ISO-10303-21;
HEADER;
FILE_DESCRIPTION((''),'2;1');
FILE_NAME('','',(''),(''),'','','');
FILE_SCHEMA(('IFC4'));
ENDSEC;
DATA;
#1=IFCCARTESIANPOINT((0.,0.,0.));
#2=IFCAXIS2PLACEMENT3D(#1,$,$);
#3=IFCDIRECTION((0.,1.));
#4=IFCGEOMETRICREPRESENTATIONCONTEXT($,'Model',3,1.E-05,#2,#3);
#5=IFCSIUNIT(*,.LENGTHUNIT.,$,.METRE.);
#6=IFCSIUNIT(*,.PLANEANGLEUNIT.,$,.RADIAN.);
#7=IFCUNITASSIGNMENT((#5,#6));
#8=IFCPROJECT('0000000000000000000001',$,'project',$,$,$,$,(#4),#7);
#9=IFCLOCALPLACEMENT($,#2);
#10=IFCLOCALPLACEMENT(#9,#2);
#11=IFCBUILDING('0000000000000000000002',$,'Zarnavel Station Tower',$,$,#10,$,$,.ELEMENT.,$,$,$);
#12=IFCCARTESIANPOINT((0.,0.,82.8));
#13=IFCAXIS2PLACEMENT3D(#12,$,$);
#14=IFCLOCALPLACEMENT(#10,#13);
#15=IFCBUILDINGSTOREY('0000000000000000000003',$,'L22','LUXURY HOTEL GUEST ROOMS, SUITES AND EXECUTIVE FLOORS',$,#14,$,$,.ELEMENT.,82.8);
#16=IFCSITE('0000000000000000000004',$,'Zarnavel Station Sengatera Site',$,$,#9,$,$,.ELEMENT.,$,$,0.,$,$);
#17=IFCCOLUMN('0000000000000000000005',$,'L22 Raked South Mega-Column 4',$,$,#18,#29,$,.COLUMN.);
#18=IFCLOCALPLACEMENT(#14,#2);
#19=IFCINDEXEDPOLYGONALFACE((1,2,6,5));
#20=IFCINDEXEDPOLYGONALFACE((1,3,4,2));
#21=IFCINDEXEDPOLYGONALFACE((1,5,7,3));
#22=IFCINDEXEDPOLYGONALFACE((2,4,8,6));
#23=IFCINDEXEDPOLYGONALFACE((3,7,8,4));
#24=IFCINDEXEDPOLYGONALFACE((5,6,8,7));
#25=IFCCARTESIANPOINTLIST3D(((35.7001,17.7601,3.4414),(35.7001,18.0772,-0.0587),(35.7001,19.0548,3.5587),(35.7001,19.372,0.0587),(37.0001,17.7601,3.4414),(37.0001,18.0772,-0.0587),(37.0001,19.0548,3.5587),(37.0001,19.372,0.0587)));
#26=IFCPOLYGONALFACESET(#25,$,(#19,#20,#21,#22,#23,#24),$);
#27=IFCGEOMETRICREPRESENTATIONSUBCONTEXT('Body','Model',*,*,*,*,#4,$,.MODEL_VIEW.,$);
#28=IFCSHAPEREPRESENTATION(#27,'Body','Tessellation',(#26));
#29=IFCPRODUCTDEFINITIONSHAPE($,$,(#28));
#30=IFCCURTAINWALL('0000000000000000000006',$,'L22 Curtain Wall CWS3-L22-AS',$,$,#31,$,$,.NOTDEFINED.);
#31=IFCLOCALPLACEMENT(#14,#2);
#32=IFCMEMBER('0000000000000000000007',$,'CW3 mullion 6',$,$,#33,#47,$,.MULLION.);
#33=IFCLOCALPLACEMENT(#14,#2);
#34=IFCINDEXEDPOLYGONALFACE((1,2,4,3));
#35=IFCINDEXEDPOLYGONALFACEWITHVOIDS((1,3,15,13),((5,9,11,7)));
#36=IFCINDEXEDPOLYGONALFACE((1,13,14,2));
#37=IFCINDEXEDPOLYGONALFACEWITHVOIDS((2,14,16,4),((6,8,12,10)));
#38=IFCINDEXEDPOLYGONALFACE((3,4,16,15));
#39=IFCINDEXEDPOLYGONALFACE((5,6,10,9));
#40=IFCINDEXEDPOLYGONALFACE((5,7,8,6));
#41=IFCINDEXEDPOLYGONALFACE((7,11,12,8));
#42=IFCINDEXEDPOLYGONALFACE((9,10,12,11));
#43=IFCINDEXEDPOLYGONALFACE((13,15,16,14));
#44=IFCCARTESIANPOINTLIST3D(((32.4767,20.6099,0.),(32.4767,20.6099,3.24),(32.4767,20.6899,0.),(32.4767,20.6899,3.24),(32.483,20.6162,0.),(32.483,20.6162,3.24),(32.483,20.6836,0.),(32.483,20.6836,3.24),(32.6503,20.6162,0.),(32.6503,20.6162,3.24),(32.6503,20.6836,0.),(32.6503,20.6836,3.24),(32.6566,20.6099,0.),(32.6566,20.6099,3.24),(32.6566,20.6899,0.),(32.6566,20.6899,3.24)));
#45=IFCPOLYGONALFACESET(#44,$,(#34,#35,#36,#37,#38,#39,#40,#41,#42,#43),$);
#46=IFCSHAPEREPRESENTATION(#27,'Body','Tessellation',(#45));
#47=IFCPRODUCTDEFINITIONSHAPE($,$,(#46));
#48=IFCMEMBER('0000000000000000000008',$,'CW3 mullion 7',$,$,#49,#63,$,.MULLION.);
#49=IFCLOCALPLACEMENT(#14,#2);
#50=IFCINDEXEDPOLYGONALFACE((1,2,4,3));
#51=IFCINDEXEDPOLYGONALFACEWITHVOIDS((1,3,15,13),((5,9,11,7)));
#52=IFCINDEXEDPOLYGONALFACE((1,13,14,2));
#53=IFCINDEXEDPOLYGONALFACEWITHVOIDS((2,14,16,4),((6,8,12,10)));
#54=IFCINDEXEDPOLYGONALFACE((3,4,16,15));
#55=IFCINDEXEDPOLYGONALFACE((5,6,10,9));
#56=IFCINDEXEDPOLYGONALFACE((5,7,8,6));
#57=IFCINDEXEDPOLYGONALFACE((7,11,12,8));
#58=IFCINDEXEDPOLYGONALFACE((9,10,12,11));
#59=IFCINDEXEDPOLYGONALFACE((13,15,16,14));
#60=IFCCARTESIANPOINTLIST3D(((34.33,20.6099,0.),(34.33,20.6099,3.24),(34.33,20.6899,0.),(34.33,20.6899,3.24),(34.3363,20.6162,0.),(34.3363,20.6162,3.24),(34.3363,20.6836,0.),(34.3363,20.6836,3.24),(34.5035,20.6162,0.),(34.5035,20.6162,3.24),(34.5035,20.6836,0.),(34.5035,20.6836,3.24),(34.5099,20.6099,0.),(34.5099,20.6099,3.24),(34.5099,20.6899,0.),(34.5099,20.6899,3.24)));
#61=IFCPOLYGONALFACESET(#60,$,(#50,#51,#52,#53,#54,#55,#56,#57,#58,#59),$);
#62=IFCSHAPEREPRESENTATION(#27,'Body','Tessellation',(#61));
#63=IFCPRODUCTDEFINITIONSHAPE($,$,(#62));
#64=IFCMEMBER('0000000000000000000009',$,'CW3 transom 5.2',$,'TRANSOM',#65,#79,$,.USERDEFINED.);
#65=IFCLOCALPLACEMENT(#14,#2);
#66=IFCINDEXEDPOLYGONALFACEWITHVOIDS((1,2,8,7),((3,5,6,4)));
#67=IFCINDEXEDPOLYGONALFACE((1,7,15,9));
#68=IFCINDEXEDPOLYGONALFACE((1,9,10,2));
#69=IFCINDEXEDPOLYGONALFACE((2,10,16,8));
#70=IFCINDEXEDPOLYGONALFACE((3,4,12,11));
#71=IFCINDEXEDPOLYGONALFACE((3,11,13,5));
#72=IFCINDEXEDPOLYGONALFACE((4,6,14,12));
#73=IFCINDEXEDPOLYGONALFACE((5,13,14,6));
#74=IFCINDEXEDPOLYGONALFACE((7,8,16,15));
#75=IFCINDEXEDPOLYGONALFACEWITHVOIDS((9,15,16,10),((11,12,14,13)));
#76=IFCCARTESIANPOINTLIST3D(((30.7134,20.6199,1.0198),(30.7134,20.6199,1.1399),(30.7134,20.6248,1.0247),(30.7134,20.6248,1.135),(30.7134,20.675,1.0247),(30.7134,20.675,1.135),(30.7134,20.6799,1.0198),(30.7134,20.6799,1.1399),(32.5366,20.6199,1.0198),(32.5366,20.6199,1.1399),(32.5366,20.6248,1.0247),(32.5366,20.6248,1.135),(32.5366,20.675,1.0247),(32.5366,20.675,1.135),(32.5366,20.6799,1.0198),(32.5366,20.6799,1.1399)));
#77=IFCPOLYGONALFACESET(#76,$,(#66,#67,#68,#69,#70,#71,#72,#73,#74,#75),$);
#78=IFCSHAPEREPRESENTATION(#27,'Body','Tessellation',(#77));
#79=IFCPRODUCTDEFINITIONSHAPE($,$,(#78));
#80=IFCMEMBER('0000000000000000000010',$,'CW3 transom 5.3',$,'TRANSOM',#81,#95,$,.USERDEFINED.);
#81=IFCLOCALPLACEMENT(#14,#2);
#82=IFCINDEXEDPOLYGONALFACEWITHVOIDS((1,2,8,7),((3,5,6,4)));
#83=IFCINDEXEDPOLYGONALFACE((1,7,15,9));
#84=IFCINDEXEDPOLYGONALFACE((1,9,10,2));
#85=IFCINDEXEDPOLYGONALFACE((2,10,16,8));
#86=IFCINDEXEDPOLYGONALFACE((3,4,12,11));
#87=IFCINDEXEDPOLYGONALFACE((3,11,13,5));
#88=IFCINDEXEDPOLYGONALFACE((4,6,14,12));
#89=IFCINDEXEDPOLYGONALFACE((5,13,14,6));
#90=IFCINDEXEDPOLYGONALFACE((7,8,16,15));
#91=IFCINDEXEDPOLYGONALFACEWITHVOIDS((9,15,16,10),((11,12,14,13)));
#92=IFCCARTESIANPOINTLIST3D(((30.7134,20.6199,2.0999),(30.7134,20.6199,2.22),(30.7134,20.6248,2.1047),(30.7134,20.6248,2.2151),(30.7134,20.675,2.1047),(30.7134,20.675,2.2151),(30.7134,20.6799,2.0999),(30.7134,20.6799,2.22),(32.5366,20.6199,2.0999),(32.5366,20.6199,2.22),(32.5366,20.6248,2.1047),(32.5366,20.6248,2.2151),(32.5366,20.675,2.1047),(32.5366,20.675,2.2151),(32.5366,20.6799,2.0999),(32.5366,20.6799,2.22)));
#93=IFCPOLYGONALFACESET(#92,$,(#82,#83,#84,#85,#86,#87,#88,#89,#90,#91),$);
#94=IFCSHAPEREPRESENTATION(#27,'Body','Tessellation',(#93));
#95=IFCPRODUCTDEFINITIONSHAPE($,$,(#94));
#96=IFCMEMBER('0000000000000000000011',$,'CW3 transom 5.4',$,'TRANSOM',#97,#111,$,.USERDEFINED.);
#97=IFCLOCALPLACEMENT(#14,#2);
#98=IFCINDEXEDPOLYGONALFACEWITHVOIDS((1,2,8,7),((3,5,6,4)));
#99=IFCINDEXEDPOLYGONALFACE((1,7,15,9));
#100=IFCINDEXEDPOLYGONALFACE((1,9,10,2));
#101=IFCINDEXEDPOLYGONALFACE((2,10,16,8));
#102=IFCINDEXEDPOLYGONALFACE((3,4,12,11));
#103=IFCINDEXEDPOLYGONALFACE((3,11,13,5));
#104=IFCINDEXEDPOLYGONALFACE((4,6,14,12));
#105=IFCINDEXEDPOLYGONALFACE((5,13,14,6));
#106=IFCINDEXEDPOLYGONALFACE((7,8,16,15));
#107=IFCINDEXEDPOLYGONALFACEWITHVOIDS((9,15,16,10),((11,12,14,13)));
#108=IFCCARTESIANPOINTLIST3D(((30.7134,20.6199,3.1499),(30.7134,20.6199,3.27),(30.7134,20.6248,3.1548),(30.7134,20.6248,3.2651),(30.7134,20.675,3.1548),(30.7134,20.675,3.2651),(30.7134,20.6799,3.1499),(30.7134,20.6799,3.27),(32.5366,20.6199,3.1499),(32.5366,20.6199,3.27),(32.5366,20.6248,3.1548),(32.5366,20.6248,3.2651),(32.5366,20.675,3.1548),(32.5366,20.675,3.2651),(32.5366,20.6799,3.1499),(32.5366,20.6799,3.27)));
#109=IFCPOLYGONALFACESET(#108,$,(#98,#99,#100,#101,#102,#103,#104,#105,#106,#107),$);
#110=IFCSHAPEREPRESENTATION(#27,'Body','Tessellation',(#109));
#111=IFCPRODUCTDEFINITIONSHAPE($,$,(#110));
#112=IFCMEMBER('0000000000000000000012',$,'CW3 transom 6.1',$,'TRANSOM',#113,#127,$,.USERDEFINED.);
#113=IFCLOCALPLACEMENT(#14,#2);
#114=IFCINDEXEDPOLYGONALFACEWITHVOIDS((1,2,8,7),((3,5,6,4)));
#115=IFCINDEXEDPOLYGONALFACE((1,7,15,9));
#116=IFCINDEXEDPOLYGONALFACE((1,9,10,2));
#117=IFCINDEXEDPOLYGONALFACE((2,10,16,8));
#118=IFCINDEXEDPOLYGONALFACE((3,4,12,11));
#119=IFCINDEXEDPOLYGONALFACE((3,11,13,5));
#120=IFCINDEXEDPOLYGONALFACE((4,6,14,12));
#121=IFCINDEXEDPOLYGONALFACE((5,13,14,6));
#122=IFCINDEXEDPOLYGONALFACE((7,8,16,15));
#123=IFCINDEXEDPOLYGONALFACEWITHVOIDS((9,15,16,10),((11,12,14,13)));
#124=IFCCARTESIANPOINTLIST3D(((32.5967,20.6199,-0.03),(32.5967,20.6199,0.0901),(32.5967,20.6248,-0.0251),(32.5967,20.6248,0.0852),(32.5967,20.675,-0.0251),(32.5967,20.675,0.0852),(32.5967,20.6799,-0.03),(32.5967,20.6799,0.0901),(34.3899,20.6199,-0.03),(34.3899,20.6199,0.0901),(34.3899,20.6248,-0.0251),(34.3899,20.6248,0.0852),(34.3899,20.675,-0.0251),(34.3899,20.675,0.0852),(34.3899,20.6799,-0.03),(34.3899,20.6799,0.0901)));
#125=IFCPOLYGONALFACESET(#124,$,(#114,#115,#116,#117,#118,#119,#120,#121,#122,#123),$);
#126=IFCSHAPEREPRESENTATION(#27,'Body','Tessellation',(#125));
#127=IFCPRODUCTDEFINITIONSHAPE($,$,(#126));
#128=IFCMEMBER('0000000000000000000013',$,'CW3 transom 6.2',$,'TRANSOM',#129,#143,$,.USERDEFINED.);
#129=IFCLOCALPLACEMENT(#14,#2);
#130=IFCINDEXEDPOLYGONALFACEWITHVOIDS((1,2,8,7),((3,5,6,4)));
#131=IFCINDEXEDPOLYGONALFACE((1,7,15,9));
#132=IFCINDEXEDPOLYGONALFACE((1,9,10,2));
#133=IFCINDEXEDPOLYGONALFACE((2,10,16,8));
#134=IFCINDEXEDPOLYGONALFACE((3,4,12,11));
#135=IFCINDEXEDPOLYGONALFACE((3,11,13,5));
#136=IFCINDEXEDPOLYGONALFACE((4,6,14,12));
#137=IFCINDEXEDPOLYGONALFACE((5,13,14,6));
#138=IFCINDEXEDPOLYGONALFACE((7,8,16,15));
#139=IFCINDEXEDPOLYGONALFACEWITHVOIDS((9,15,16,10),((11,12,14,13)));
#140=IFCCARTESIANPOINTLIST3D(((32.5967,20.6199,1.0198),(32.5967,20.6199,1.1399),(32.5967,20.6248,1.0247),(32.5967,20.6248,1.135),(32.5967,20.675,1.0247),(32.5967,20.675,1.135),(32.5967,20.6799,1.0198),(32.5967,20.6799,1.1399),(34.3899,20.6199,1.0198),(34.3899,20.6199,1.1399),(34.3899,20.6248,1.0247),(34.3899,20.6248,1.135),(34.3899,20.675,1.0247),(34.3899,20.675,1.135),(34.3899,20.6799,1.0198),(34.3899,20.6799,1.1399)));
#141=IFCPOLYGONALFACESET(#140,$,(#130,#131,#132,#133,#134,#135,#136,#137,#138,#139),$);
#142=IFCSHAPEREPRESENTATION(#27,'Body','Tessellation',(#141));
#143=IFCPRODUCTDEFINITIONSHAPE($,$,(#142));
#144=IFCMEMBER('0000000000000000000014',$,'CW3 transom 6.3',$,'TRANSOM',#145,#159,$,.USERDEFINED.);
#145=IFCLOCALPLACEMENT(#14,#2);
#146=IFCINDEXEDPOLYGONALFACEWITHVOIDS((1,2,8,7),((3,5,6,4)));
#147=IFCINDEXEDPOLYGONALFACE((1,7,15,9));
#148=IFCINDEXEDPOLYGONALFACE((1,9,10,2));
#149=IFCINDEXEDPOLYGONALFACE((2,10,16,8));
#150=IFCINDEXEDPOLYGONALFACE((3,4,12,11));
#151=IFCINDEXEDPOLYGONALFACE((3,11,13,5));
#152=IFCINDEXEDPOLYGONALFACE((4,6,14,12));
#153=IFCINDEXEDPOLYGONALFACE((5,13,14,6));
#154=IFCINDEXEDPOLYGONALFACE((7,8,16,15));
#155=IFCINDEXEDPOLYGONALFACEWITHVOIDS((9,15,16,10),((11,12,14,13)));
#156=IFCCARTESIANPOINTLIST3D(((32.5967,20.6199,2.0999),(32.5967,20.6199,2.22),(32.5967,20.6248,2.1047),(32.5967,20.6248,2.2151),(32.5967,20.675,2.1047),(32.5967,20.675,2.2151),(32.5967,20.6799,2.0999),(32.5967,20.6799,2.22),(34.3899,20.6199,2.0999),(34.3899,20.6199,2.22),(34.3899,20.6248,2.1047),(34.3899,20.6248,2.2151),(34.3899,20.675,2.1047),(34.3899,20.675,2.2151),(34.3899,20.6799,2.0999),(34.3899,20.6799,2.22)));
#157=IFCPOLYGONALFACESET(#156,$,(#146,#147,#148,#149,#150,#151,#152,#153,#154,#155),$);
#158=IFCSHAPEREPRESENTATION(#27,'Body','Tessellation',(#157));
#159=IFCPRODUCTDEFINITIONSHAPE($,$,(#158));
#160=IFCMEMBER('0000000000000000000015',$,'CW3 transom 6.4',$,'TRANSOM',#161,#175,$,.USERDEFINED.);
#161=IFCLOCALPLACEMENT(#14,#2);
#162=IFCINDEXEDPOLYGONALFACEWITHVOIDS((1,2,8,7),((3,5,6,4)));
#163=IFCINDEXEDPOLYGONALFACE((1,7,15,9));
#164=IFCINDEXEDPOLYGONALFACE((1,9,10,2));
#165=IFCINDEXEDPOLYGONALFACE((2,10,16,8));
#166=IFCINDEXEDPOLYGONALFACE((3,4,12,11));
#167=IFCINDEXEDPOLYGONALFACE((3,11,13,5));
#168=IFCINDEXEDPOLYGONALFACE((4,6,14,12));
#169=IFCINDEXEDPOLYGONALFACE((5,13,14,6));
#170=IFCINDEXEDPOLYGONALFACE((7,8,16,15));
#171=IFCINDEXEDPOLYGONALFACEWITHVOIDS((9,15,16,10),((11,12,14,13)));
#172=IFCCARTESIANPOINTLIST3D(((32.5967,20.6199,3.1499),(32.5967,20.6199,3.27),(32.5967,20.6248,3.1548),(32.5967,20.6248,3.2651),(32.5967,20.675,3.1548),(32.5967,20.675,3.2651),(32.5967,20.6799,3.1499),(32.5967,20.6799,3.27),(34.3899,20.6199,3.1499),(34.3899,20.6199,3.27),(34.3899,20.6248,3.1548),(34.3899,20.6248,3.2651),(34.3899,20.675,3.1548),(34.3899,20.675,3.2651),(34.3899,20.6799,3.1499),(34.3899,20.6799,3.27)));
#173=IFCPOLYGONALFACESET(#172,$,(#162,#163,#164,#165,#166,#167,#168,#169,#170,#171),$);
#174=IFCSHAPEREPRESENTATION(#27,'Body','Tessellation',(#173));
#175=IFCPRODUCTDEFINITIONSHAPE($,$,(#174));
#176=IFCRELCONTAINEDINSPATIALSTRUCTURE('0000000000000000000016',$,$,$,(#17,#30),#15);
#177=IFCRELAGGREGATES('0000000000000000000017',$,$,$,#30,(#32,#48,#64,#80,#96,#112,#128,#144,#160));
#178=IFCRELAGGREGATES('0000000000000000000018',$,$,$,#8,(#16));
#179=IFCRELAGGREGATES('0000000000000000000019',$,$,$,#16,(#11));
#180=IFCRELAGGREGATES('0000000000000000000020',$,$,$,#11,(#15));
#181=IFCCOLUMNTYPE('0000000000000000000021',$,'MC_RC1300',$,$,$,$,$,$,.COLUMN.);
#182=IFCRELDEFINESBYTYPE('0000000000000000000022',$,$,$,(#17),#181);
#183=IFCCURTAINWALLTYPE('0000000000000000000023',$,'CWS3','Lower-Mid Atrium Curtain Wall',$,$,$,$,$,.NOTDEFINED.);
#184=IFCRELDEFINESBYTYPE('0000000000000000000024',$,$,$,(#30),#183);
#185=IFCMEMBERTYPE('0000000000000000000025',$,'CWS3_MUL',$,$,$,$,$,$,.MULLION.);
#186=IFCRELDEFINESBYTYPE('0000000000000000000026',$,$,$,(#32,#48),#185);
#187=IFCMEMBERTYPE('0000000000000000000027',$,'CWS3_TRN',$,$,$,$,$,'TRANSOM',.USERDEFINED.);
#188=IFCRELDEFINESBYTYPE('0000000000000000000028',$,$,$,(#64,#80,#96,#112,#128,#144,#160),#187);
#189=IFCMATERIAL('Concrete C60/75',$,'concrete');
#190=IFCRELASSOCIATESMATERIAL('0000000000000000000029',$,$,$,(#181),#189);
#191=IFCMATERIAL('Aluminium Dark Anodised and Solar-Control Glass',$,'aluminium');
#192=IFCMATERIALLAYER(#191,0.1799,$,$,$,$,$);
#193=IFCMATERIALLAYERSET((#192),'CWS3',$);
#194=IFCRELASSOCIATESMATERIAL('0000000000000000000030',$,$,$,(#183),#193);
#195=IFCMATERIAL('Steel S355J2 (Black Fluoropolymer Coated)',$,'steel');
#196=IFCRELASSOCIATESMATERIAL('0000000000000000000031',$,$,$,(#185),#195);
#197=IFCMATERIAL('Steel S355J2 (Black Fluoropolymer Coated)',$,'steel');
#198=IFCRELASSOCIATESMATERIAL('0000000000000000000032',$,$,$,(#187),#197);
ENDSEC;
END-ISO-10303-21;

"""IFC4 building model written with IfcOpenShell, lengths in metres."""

from ifc_helpers import new_model, si_unit, direction, frame, origin, origin_2d, place, context, subcontext, project, spatial, rectangle, hollow_rectangle, extrude, material, layer, layer_set, material_profile, profile_set, type_object, element, aggregate, save


model = new_model("IFC4")

# Units and contexts
model_context = context("Model", 3, precision=1e-05, world=origin(), true_north=direction((0.0, 1.0)))
body_context = subcontext(model_context, "Body", "Model", "MODEL_VIEW")
ifc_project = project(units=[si_unit("LENGTHUNIT", "METRE"), si_unit("PLANEANGLEUNIT", "RADIAN")], contexts=[model_context])

# Site, building, storey
site_placement = place(None, origin())
site = spatial("IfcSite", under=ifc_project, at=site_placement, Name="Zarnavel Station Sengatera Site", CompositionType="ELEMENT", RefElevation=0.0)
building_placement = place(site_placement, origin())
building = spatial("IfcBuilding", under=site, at=building_placement, Name="Zarnavel Station Tower", CompositionType="ELEMENT")
storey_placement = place(building_placement, frame((0.0, 0.0, 82.8)))
storey = spatial("IfcBuildingStorey", under=building, at=storey_placement, Name="L22", Description="LUXURY HOTEL GUEST ROOMS, SUITES AND EXECUTIVE FLOORS", CompositionType="ELEMENT", Elevation=82.8)

# Column
ifc_material_1 = material(Name="Concrete C60/75", Category="concrete")
ifc_material_profile_1 = material_profile(ifc_material_1, rectangle(XDim=1.3, YDim=1.3, at=origin_2d()), Name="RC1300x1300")
ifc_profile_set_1 = profile_set([ifc_material_profile_1], Name="Concrete C60/75")
column_type = type_object("IfcColumnType", Name="MC_RC1300", PredefinedType="COLUMN", material=ifc_profile_set_1)
column_placement = place(storey_placement, frame((36.3501, 18.7246, 0.0), z_axis=(0.0, -0.090241, 0.99592), x_axis=(1.0, 0.0, 0.0)))
element("IfcColumn", 1, at=column_placement, inside=storey, type_object=column_type, Name="L22 Raked South Mega-Column 4", PredefinedType="COLUMN", context=body_context, shape_type="SweptSolid", body=[
    extrude(rectangle(XDim=1.3, YDim=1.3, at=origin_2d()), origin(), (0.0, 0.0, 1.0), 3.5144),
])

# Curtain wall, members
ifc_material_2 = material(Name="Aluminium Dark Anodised and Solar-Control Glass", Category="aluminium")
ifc_layer_1 = layer(ifc_material_2, 0.1799)
ifc_layer_set_1 = layer_set([ifc_layer_1], Name="CWS3")
curtain_wall_type = type_object("IfcCurtainWallType", Name="CWS3", Description="Lower-Mid Atrium Curtain Wall", PredefinedType="NOTDEFINED", material=ifc_layer_set_1)
curtain_wall_placement = place(storey_placement, origin())
curtain_wall = element("IfcCurtainWall", 2, at=curtain_wall_placement, inside=storey, type_object=curtain_wall_type, Name="L22 Curtain Wall CWS3-L22-AS", PredefinedType="NOTDEFINED")
ifc_material_3 = material(Name="Steel S355J2 (Black Fluoropolymer Coated)", Category="steel")
ifc_material_profile_2 = material_profile(ifc_material_3, hollow_rectangle(XDim=0.0801, YDim=0.1799, WallThickness=0.0063, at=origin_2d()), Name="RHS180x80x6.3")
ifc_profile_set_2 = profile_set([ifc_material_profile_2], Name="Steel S355J2 (Black Fluoropolymer Coated)")
member_type_1 = type_object("IfcMemberType", Name="CWS3_MUL", PredefinedType="MULLION", material=ifc_profile_set_2)
member_1_placement = place(storey_placement, frame((32.5667, 20.6499, 0.0), z_axis=(0.0, 0.0, 1.0), x_axis=(0.0, 1.0, 0.0)))
member_1 = element("IfcMember", 3, at=member_1_placement, type_object=member_type_1, Name="CW3 mullion 6", PredefinedType="MULLION", context=body_context, shape_type="SweptSolid", body=[
    extrude(hollow_rectangle(XDim=0.0801, YDim=0.1799, WallThickness=0.0063, at=origin_2d()), origin(), (0.0, 0.0, 1.0), 3.24),
])
member_2_placement = place(storey_placement, frame((34.4199, 20.6499, 0.0), z_axis=(0.0, 0.0, 1.0), x_axis=(0.0, 1.0, 0.0)))
member_2 = element("IfcMember", 4, at=member_2_placement, type_object=member_type_1, Name="CW3 mullion 7", PredefinedType="MULLION", context=body_context, shape_type="SweptSolid", body=[
    extrude(hollow_rectangle(XDim=0.0801, YDim=0.1799, WallThickness=0.0063, at=origin_2d()), origin(), (0.0, 0.0, 1.0), 3.24),
])
ifc_material_4 = material(Name="Steel S355J2 (Black Fluoropolymer Coated)", Category="steel")
ifc_material_profile_3 = material_profile(ifc_material_4, hollow_rectangle(XDim=0.0601, YDim=0.1201, WallThickness=0.0049, at=origin_2d()), Name="RHS120x60x5")
ifc_profile_set_3 = profile_set([ifc_material_profile_3], Name="Steel S355J2 (Black Fluoropolymer Coated)")
member_type_2 = type_object("IfcMemberType", Name="CWS3_TRN", ElementType="TRANSOM", PredefinedType="USERDEFINED", material=ifc_profile_set_3)
member_3_placement = place(storey_placement, frame((30.7134, 20.6499, 1.0798), z_axis=(1.0, 0.0, 0.0), x_axis=(0.0, 1.0, 0.0)))
member_3 = element("IfcMember", 5, at=member_3_placement, type_object=member_type_2, Name="CW3 transom 5.2", ObjectType="TRANSOM", PredefinedType="USERDEFINED", context=body_context, shape_type="SweptSolid", body=[
    extrude(hollow_rectangle(XDim=0.0601, YDim=0.1201, WallThickness=0.0049, at=origin_2d()), origin(), (0.0, 0.0, 1.0), 1.8232),
])
member_4_placement = place(storey_placement, frame((30.7134, 20.6499, 2.1599), z_axis=(1.0, 0.0, 0.0), x_axis=(0.0, 1.0, 0.0)))
member_4 = element("IfcMember", 6, at=member_4_placement, type_object=member_type_2, Name="CW3 transom 5.3", ObjectType="TRANSOM", PredefinedType="USERDEFINED", context=body_context, shape_type="SweptSolid", body=[
    extrude(hollow_rectangle(XDim=0.0601, YDim=0.1201, WallThickness=0.0049, at=origin_2d()), origin(), (0.0, 0.0, 1.0), 1.8232),
])
member_5_placement = place(storey_placement, frame((30.7134, 20.6499, 3.21), z_axis=(1.0, 0.0, 0.0), x_axis=(0.0, 1.0, 0.0)))
member_5 = element("IfcMember", 7, at=member_5_placement, type_object=member_type_2, Name="CW3 transom 5.4", ObjectType="TRANSOM", PredefinedType="USERDEFINED", context=body_context, shape_type="SweptSolid", body=[
    extrude(hollow_rectangle(XDim=0.0601, YDim=0.1201, WallThickness=0.0049, at=origin_2d()), origin(), (0.0, 0.0, 1.0), 1.8232),
])
member_6_placement = place(storey_placement, frame((32.5967, 20.6499, 0.03), z_axis=(1.0, 0.0, 0.0), x_axis=(0.0, 1.0, 0.0)))
member_6 = element("IfcMember", 8, at=member_6_placement, type_object=member_type_2, Name="CW3 transom 6.1", ObjectType="TRANSOM", PredefinedType="USERDEFINED", context=body_context, shape_type="SweptSolid", body=[
    extrude(hollow_rectangle(XDim=0.0601, YDim=0.1201, WallThickness=0.0049, at=origin_2d()), origin(), (0.0, 0.0, 1.0), 1.7932),
])
member_7_placement = place(storey_placement, frame((32.5967, 20.6499, 1.0798), z_axis=(1.0, 0.0, 0.0), x_axis=(0.0, 1.0, 0.0)))
member_7 = element("IfcMember", 9, at=member_7_placement, type_object=member_type_2, Name="CW3 transom 6.2", ObjectType="TRANSOM", PredefinedType="USERDEFINED", context=body_context, shape_type="SweptSolid", body=[
    extrude(hollow_rectangle(XDim=0.0601, YDim=0.1201, WallThickness=0.0049, at=origin_2d()), origin(), (0.0, 0.0, 1.0), 1.7932),
])
member_8_placement = place(storey_placement, frame((32.5967, 20.6499, 2.1599), z_axis=(1.0, 0.0, 0.0), x_axis=(0.0, 1.0, 0.0)))
member_8 = element("IfcMember", 10, at=member_8_placement, type_object=member_type_2, Name="CW3 transom 6.3", ObjectType="TRANSOM", PredefinedType="USERDEFINED", context=body_context, shape_type="SweptSolid", body=[
    extrude(hollow_rectangle(XDim=0.0601, YDim=0.1201, WallThickness=0.0049, at=origin_2d()), origin(), (0.0, 0.0, 1.0), 1.7932),
])
member_9_placement = place(storey_placement, frame((32.5967, 20.6499, 3.21), z_axis=(1.0, 0.0, 0.0), x_axis=(0.0, 1.0, 0.0)))
member_9 = element("IfcMember", 11, at=member_9_placement, type_object=member_type_2, Name="CW3 transom 6.4", ObjectType="TRANSOM", PredefinedType="USERDEFINED", context=body_context, shape_type="SweptSolid", body=[
    extrude(hollow_rectangle(XDim=0.0601, YDim=0.1201, WallThickness=0.0049, at=origin_2d()), origin(), (0.0, 0.0, 1.0), 1.7932),
])

aggregate(curtain_wall, [member_1, member_2, member_3, member_4, member_5, member_6, member_7, member_8, member_9])

save(model, "model.ifc")
